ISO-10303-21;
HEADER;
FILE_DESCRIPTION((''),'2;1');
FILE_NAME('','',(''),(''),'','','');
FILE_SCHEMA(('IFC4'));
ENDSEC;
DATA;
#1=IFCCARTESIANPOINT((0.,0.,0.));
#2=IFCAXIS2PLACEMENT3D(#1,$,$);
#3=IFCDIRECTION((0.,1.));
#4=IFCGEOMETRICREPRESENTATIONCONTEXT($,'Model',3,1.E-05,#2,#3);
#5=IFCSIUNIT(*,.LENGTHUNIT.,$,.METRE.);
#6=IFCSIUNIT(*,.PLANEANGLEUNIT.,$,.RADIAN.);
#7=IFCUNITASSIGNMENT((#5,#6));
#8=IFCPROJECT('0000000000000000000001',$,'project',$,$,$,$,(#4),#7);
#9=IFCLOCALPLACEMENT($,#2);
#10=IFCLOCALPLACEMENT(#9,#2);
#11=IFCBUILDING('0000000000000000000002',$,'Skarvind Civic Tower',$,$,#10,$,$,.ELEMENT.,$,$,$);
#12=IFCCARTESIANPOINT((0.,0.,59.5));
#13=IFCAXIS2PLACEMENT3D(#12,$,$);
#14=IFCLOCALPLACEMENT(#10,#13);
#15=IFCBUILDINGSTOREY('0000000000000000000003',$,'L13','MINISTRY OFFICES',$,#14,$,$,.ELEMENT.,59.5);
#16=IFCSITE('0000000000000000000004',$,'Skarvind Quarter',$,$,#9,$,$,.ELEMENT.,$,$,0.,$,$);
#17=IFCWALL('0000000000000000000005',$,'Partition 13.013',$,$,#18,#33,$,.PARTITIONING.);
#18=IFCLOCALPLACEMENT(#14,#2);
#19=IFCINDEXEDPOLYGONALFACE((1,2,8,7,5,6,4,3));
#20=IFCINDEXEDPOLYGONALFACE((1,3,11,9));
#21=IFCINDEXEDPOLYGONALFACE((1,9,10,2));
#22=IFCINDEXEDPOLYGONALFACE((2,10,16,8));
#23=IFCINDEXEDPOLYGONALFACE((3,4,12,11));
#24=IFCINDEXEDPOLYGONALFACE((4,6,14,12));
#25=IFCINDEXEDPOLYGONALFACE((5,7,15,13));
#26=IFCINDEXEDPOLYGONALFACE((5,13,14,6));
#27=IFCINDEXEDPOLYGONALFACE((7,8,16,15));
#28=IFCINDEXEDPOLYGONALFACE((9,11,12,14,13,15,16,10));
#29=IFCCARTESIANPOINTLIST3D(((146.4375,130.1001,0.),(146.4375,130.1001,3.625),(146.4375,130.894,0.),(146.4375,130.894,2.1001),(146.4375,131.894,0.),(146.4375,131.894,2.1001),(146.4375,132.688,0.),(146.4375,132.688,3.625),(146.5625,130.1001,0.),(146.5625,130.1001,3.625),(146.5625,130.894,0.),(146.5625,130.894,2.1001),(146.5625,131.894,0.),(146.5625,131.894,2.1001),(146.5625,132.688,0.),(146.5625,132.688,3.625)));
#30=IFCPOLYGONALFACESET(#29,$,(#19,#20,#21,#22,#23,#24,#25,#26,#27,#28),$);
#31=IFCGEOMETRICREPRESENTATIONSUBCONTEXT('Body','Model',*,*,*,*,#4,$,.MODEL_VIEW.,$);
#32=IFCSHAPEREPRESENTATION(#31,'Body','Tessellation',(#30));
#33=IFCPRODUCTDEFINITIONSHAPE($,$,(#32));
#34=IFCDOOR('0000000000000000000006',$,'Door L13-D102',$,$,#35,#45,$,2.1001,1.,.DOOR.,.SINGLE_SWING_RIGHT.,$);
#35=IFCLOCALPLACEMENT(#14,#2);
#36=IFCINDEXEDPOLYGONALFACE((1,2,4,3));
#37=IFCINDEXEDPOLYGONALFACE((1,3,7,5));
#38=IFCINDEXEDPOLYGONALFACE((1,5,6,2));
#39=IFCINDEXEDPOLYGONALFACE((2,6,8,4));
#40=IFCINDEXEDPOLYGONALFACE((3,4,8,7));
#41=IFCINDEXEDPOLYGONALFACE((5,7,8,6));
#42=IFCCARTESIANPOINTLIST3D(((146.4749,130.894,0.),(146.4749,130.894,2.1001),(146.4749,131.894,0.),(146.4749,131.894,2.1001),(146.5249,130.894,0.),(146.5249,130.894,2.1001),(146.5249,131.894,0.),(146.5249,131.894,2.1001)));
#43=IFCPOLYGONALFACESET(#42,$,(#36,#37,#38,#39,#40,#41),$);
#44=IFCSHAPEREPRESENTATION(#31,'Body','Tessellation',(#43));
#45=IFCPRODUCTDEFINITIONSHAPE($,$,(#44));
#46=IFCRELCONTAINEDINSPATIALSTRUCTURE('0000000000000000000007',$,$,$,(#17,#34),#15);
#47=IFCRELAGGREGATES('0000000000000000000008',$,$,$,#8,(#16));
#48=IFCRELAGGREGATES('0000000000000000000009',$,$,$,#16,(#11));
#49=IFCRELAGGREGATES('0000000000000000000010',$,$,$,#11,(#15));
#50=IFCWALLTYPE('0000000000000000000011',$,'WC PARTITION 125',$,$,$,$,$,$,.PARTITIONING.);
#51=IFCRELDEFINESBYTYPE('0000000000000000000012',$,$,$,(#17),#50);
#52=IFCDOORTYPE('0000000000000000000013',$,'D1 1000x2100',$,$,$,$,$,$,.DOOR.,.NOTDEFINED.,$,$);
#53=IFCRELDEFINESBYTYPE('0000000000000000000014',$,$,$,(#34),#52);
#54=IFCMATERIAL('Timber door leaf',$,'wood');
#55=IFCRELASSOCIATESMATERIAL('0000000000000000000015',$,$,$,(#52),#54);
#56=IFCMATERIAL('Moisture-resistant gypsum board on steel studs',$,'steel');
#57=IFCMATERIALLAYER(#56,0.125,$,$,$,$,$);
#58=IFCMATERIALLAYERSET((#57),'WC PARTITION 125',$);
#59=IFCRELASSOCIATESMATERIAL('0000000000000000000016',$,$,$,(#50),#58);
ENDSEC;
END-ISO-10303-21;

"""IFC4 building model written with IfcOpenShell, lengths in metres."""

from ifc_helpers import new_model, si_unit, direction, frame, frame_2d, origin, place, context, subcontext, project, spatial, rectangle, extrude, material, layer, layer_set, type_object, element, fill, save


model = new_model("IFC4")

# Units and contexts
model_context = context("Model", 3, precision=1e-05, world=origin(), true_north=direction((0.0, 1.0)))
body_context = subcontext(model_context, "Body", "Model", "MODEL_VIEW")
ifc_project = project(units=[si_unit("LENGTHUNIT", "METRE"), si_unit("PLANEANGLEUNIT", "RADIAN")], contexts=[model_context])

# Site, building, storey
site_placement = place(None, origin())
site = spatial("IfcSite", under=ifc_project, at=site_placement, Name="Skarvind Quarter", CompositionType="ELEMENT", RefElevation=0.0)
building_placement = place(site_placement, origin())
building = spatial("IfcBuilding", under=site, at=building_placement, Name="Skarvind Civic Tower", CompositionType="ELEMENT")
storey_placement = place(building_placement, frame((0.0, 0.0, 59.5)))
storey = spatial("IfcBuildingStorey", under=building, at=storey_placement, Name="L13", Description="MINISTRY OFFICES", CompositionType="ELEMENT", Elevation=59.5)

# Shared definitions
ifc_material_1 = material(Name="Timber door leaf", Category="wood")
door_type_1 = type_object("IfcDoorType", Name="D1 1000x2100", OperationType="NOTDEFINED", PredefinedType="DOOR", material=ifc_material_1)

# Shared definitions
ifc_material_2 = material(Name="Moisture-resistant gypsum board on steel studs", Category="steel")
ifc_layer_1 = layer(ifc_material_2, 0.125)
ifc_layer_set_1 = layer_set([ifc_layer_1], Name="WC PARTITION 125")
wall_type_1 = type_object("IfcWallType", Name="WC PARTITION 125", PredefinedType="PARTITIONING", material=ifc_layer_set_1)

# Wall, opening, door
wall_1_placement = place(storey_placement, frame((146.5, 132.688, 0.0), z_axis=(0.0, 0.0, 1.0), x_axis=(0.0, -1.0, 0.0)))
wall_1 = element("IfcWall", 1, at=wall_1_placement, inside=storey, type_object=wall_type_1, Name="Partition 13.013", PredefinedType="PARTITIONING", context=body_context, shape_type="SweptSolid", body=[
    extrude(rectangle(XDim=2.5879, YDim=0.125, at=frame_2d((1.2939, 0.0))), origin(), (0.0, 0.0, 1.0), 3.625),
])
opening_1_placement = place(wall_1_placement, frame((0.7939, 0.0, 0.0)))
opening_1 = element("IfcOpeningElement", 2, at=opening_1_placement, cuts=wall_1, PredefinedType="OPENING", context=body_context, shape_type="SweptSolid", body=[
    extrude(rectangle(XDim=1.0, YDim=2.1001, at=frame_2d((0.5, 1.05))), frame((0.0, 0.0725, 0.0), z_axis=(0.0, -1.0, 0.0), x_axis=(1.0, 0.0, 0.0)), (0.0, 0.0, 1.0), 0.145),
])
door_1_placement = place(opening_1_placement, origin())
door_1 = element("IfcDoor", 3, at=door_1_placement, inside=storey, type_object=door_type_1, Name="Door L13-D102", OperationType="SINGLE_SWING_RIGHT", OverallHeight=2.1001, OverallWidth=1.0, PredefinedType="DOOR", context=body_context, shape_type="SweptSolid", body=[
    extrude(rectangle(XDim=1.0, YDim=2.1001, at=frame_2d((0.5, 1.05))), frame((0.0, 0.0249, 0.0), z_axis=(0.0, -1.0, 0.0), x_axis=(1.0, 0.0, 0.0)), (0.0, 0.0, 1.0), 0.05),
])
fill(opening_1, door_1)

save(model, "model.ifc")
